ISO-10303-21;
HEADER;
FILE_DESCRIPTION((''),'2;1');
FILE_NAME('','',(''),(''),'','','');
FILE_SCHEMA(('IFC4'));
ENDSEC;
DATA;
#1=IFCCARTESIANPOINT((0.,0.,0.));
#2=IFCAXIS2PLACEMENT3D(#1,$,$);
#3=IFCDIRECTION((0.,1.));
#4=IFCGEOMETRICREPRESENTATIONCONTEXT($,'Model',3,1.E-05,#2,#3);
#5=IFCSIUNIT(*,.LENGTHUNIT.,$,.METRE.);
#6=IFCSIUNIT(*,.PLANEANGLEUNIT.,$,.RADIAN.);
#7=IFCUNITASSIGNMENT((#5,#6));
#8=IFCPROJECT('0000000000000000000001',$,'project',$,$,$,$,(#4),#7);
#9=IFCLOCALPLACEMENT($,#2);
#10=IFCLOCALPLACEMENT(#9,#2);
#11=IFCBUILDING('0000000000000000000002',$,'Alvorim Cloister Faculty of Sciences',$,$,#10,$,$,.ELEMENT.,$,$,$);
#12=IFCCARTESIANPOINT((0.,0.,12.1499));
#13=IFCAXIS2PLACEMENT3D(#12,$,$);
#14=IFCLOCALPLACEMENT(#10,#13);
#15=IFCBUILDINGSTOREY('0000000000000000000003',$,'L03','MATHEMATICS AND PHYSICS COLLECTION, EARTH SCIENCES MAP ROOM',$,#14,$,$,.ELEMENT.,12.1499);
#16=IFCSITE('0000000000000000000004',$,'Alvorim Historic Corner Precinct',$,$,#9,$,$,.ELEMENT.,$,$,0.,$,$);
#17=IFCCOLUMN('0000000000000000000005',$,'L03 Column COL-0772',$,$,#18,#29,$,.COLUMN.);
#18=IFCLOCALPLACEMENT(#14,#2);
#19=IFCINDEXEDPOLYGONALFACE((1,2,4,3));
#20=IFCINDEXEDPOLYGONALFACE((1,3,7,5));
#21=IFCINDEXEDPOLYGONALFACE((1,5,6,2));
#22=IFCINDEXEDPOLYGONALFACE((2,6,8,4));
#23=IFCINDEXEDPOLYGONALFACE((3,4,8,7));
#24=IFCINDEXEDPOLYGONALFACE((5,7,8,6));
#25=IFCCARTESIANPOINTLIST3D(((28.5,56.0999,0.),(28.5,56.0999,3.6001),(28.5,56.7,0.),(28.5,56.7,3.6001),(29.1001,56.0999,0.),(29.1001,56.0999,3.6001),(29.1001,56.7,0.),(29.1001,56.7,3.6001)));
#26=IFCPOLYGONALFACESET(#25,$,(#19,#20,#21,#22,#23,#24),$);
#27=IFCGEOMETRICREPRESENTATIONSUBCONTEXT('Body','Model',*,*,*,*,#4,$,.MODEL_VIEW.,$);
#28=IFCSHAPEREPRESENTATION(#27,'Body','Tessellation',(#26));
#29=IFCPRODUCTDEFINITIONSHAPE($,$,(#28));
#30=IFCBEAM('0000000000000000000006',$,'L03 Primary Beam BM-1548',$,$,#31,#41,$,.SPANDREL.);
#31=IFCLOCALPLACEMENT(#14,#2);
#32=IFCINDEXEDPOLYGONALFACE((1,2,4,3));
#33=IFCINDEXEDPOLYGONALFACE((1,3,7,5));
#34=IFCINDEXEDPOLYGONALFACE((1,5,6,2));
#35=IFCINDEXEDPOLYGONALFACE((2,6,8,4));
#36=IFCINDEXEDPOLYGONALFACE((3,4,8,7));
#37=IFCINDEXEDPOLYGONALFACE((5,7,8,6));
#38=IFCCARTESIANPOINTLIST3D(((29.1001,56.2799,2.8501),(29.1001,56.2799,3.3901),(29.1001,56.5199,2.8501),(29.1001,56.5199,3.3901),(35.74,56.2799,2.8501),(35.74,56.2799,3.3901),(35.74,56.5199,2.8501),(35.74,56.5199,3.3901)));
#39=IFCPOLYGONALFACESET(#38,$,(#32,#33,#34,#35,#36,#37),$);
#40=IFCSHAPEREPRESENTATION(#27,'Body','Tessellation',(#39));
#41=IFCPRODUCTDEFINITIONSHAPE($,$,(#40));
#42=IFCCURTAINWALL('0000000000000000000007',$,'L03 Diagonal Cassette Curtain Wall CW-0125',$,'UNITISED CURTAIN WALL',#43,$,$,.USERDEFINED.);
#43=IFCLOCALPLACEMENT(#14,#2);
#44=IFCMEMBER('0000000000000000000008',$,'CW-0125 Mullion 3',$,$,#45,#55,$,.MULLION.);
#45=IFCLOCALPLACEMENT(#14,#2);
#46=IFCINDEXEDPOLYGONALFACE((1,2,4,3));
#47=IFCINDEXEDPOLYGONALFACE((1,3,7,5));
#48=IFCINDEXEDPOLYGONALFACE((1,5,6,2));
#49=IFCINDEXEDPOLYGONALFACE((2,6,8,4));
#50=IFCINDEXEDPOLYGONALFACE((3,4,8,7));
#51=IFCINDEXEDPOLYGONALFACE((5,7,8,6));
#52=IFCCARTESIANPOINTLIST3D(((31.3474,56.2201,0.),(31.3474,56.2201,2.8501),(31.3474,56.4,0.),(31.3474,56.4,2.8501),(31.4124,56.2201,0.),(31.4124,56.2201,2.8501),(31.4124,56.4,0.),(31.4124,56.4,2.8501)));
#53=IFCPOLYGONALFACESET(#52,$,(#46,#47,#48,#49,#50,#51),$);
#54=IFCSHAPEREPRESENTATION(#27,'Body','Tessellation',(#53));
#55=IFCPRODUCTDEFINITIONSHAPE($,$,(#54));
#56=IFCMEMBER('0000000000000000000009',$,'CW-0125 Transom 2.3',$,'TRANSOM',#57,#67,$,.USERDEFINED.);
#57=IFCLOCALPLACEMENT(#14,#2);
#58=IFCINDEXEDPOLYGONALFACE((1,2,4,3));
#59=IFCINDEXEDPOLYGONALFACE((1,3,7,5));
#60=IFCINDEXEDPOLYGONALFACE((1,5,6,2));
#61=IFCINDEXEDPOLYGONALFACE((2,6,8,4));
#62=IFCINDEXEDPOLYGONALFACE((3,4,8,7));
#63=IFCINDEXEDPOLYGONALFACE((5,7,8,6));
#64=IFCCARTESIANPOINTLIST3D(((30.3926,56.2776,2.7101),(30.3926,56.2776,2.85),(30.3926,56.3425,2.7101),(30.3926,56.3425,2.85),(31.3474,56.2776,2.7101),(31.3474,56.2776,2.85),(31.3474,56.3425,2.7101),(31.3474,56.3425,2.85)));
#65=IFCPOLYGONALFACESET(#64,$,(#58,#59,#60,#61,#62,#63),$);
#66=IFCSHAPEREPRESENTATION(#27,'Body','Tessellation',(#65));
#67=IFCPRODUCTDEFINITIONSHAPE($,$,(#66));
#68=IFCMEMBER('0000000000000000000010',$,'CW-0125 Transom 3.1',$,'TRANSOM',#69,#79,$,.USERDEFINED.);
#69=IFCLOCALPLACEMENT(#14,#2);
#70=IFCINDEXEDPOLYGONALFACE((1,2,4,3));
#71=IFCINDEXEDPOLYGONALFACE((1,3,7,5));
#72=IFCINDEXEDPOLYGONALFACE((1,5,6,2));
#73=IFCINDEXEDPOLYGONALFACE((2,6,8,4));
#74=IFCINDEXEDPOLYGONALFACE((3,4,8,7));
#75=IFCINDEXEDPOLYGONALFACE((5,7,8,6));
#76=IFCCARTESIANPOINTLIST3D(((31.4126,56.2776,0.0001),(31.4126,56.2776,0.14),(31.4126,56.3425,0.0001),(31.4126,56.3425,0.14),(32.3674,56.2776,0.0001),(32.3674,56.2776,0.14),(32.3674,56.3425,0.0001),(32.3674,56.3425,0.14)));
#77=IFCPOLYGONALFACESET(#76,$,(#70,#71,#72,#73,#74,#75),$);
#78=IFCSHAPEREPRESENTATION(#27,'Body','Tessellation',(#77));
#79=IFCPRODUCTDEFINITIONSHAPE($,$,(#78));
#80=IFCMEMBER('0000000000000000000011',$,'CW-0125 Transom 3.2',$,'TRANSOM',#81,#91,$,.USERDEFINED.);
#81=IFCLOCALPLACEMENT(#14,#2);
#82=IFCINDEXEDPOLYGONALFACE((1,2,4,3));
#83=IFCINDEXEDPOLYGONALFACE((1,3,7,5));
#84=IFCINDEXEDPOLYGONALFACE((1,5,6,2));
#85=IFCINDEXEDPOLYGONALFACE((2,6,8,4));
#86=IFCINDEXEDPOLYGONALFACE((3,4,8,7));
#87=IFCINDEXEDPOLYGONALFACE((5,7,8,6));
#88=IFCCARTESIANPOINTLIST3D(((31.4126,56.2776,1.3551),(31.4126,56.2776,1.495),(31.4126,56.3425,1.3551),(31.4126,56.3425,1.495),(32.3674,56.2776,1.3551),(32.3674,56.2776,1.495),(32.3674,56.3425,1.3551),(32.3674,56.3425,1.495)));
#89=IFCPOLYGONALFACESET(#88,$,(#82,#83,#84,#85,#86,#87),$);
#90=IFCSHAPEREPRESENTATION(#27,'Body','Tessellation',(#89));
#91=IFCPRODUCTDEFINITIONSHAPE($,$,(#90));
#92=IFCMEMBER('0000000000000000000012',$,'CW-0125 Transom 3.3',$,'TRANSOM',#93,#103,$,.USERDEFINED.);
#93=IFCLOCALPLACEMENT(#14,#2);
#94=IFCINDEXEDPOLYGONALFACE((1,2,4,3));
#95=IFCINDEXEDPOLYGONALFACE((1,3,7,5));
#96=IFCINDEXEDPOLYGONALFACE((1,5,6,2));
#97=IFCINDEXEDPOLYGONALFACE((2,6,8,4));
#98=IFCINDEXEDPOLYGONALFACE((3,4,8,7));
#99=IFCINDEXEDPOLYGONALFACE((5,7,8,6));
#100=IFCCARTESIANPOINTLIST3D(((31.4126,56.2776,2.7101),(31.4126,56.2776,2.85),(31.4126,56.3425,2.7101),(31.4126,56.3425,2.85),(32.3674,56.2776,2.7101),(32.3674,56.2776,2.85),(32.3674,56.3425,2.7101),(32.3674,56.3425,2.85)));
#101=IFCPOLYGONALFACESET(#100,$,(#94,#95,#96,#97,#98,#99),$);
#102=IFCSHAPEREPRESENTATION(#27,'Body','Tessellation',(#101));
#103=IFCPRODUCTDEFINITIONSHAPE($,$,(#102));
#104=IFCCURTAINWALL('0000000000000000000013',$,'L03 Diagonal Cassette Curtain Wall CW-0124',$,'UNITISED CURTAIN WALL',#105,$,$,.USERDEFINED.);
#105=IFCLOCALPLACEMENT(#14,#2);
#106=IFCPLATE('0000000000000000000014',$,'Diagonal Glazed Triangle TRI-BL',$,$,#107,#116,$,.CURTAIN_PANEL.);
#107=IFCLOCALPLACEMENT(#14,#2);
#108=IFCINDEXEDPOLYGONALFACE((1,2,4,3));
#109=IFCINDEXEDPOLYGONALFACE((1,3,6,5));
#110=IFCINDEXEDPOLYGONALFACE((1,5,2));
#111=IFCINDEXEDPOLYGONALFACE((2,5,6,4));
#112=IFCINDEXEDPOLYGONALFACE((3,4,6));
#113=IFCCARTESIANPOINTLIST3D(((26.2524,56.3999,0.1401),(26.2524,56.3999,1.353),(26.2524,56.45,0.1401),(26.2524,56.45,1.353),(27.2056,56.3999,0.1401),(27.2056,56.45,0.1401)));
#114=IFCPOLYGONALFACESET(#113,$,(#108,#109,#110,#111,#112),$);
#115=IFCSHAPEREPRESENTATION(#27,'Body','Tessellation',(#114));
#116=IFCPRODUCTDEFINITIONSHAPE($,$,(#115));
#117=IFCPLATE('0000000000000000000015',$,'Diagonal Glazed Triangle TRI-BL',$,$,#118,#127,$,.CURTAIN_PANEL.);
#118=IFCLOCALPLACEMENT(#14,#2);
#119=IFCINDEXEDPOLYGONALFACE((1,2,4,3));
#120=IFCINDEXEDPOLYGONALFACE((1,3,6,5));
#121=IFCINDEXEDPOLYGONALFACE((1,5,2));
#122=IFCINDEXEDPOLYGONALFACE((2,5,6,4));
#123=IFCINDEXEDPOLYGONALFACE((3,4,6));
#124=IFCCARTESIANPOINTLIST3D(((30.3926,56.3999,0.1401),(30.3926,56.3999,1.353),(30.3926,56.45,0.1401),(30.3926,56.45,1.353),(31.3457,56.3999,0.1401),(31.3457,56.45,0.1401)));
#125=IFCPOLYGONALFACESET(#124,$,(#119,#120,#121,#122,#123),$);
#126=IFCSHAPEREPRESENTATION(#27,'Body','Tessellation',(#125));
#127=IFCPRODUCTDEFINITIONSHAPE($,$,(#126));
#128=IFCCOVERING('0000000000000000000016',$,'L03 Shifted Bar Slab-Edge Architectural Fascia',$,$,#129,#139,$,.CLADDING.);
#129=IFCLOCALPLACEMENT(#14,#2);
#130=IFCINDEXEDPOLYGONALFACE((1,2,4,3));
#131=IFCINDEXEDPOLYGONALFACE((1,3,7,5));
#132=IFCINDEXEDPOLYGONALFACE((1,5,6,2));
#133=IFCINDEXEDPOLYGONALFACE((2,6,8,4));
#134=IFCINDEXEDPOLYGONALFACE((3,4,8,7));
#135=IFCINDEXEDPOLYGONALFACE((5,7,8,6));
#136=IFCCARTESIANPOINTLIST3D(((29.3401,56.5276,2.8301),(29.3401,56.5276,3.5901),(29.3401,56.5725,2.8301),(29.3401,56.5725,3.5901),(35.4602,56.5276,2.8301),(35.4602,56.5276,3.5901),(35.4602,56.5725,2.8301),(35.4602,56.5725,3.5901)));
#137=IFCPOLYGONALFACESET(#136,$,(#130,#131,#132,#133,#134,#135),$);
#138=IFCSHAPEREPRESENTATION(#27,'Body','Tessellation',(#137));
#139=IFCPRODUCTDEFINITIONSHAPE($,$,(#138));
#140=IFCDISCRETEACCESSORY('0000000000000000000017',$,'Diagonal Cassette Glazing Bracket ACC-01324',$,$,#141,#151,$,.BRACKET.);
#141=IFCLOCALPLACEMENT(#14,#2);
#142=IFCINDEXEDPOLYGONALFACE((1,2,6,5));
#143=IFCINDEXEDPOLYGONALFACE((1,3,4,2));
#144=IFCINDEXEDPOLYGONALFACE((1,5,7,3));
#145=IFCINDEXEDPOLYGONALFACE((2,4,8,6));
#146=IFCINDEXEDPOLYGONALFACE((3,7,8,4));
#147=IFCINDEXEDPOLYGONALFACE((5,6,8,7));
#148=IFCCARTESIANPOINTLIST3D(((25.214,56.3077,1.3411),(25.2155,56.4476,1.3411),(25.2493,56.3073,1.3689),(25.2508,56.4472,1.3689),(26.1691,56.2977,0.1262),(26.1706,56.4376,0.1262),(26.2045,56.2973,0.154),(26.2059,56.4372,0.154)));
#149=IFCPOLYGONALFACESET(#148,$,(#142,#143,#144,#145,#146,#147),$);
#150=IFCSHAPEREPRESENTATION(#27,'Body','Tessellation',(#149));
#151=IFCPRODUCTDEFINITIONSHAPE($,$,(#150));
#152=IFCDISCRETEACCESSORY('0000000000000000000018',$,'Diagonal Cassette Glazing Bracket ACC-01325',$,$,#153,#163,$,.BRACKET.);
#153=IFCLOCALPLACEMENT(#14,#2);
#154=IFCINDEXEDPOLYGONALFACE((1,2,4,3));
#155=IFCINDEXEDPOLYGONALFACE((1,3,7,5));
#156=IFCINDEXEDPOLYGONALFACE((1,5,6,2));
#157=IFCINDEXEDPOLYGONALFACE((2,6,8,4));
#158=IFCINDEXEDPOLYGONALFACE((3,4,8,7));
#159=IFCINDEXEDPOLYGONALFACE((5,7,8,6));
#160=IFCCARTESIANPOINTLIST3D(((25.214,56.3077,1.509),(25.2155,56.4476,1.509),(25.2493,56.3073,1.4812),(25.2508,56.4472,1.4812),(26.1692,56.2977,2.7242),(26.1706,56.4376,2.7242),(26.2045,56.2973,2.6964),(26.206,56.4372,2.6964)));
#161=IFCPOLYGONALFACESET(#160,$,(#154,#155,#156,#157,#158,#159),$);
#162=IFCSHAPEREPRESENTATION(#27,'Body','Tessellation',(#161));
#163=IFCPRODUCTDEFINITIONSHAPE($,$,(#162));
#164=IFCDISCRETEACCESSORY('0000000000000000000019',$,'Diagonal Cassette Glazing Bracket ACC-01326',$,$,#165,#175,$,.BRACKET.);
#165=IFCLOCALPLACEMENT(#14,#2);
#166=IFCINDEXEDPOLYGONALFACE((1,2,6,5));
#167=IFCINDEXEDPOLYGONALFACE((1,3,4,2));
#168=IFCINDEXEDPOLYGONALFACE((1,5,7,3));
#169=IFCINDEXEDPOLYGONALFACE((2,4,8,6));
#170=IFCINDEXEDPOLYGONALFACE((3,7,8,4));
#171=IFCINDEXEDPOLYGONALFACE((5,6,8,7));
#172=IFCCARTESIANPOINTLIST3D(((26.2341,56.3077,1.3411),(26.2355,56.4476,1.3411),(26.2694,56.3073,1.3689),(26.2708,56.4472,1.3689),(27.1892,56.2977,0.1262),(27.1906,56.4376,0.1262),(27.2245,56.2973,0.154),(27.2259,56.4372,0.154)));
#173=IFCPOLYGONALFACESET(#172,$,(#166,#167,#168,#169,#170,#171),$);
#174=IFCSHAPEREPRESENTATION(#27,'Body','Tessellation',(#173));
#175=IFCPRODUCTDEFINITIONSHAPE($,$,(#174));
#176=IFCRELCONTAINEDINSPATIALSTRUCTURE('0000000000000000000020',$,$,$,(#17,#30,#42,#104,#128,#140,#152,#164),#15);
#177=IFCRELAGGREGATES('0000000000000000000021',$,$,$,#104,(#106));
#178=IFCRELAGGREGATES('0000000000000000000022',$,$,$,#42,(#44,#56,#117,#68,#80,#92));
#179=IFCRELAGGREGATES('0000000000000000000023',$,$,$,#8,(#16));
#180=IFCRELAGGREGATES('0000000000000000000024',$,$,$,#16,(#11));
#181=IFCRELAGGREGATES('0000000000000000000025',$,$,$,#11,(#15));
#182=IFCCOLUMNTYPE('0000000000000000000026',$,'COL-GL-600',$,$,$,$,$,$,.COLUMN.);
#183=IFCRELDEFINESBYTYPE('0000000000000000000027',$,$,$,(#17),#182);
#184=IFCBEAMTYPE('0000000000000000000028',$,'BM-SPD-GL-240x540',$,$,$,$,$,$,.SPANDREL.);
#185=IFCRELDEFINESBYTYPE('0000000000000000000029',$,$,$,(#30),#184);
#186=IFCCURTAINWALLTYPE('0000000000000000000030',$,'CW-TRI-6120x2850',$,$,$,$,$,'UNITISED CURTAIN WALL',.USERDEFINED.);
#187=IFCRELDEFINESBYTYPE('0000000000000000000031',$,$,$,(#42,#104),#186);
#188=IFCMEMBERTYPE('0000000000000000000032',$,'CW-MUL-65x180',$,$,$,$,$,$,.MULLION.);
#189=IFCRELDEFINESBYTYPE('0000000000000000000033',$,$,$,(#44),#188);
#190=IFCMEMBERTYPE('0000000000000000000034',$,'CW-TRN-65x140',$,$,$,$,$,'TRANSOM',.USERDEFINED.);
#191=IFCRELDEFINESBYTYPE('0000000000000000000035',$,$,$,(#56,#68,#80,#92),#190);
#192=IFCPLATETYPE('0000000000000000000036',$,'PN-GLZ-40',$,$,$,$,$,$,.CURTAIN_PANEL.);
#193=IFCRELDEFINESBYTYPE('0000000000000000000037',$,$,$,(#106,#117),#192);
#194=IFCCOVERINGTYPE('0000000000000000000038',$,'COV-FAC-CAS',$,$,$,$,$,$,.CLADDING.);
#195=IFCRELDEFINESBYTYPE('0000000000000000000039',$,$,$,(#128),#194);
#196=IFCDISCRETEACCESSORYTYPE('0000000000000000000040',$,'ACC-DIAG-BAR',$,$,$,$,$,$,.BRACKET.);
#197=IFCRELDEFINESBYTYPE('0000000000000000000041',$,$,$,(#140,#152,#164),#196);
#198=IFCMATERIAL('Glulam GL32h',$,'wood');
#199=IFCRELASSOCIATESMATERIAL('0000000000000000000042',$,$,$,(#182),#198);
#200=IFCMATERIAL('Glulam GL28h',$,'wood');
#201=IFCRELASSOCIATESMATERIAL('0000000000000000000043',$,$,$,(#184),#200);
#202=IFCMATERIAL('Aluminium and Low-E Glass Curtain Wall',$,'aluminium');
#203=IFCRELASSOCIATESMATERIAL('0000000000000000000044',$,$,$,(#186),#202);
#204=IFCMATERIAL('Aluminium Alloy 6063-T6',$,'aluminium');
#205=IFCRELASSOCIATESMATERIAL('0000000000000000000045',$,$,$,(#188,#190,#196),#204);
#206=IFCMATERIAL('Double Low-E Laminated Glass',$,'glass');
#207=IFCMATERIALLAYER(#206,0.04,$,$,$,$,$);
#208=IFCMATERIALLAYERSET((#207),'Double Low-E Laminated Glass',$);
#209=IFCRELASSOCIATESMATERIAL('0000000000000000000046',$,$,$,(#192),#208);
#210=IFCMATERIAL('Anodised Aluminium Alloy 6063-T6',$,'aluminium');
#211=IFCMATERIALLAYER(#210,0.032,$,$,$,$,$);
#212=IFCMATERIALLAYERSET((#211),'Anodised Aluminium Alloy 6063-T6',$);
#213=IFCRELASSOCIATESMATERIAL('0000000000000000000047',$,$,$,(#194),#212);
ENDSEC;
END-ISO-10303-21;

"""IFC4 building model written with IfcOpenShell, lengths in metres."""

from ifc_helpers import new_model, si_unit, direction, frame, origin, origin_2d, place, context, subcontext, project, spatial, polyline, rectangle, outline, extrude, material, layer, layer_set, material_profile, profile_set, type_object, element, aggregate, save


model = new_model("IFC4")

# Units and contexts
model_context = context("Model", 3, precision=1e-05, world=origin(), true_north=direction((0.0, 1.0)))
body_context = subcontext(model_context, "Body", "Model", "MODEL_VIEW")
ifc_project = project(units=[si_unit("LENGTHUNIT", "METRE"), si_unit("PLANEANGLEUNIT", "RADIAN")], contexts=[model_context])

# Site, building, storey
site_placement = place(None, origin())
site = spatial("IfcSite", under=ifc_project, at=site_placement, Name="Alvorim Historic Corner Precinct", CompositionType="ELEMENT", RefElevation=0.0)
building_placement = place(site_placement, origin())
building = spatial("IfcBuilding", under=site, at=building_placement, Name="Alvorim Cloister Faculty of Sciences", CompositionType="ELEMENT")
storey_placement = place(building_placement, frame((0.0, 0.0, 12.1499)))
storey = spatial("IfcBuildingStorey", under=building, at=storey_placement, Name="L03", Description="MATHEMATICS AND PHYSICS COLLECTION, EARTH SCIENCES MAP ROOM", CompositionType="ELEMENT", Elevation=12.1499)

# Column
ifc_material_1 = material(Name="Glulam GL32h", Category="wood")
ifc_material_profile_1 = material_profile(ifc_material_1, rectangle(XDim=0.6001, YDim=0.6001, at=origin_2d()), Name="GL32-COL-600x600")
ifc_profile_set_1 = profile_set([ifc_material_profile_1], Name="Glulam GL32h")
column_type = type_object("IfcColumnType", Name="COL-GL-600", PredefinedType="COLUMN", material=ifc_profile_set_1)
column_placement = place(storey_placement, frame((28.8, 56.3999, 0.0), z_axis=(0.0, 0.0, 1.0), x_axis=(1.0, 0.0, 0.0)))
element("IfcColumn", 1, at=column_placement, inside=storey, type_object=column_type, Name="L03 Column COL-0772", PredefinedType="COLUMN", context=body_context, shape_type="SweptSolid", body=[
    extrude(rectangle(XDim=0.6001, YDim=0.6001, at=origin_2d()), origin(), (0.0, 0.0, 1.0), 3.6001),
])

# Beam
ifc_material_2 = material(Name="Glulam GL28h", Category="wood")
ifc_material_profile_2 = material_profile(ifc_material_2, rectangle(XDim=0.24, YDim=0.54, at=origin_2d()), Name="GL28-SPD-240x540")
ifc_profile_set_2 = profile_set([ifc_material_profile_2], Name="Glulam GL28h")
beam_type = type_object("IfcBeamType", Name="BM-SPD-GL-240x540", PredefinedType="SPANDREL", material=ifc_profile_set_2)
beam_placement = place(storey_placement, frame((29.1001, 56.3999, 3.1201), z_axis=(1.0, 0.0, 0.0), x_axis=(0.0, 1.0, 0.0)))
element("IfcBeam", 2, at=beam_placement, inside=storey, type_object=beam_type, Name="L03 Primary Beam BM-1548", PredefinedType="SPANDREL", context=body_context, shape_type="SweptSolid", body=[
    extrude(rectangle(XDim=0.24, YDim=0.54, at=origin_2d()), origin(), (0.0, 0.0, 1.0), 6.6399),
])

# Curtain wall, members
ifc_material_3 = material(Name="Aluminium and Low-E Glass Curtain Wall", Category="aluminium")
curtain_wall_type = type_object("IfcCurtainWallType", Name="CW-TRI-6120x2850", ElementType="UNITISED CURTAIN WALL", PredefinedType="USERDEFINED", material=ifc_material_3)
curtain_wall_1_placement = place(storey_placement, origin())
curtain_wall_1 = element("IfcCurtainWall", 3, at=curtain_wall_1_placement, inside=storey, type_object=curtain_wall_type, Name="L03 Diagonal Cassette Curtain Wall CW-0125", ObjectType="UNITISED CURTAIN WALL", PredefinedType="USERDEFINED")
ifc_material_4 = material(Name="Aluminium Alloy 6063-T6", Category="aluminium")
ifc_material_profile_3 = material_profile(ifc_material_4, rectangle(XDim=0.0649, YDim=0.1799, at=origin_2d()), Name="ALU-MUL-65x180")
ifc_profile_set_3 = profile_set([ifc_material_profile_3], Name="Aluminium Alloy 6063-T6")
member_type_1 = type_object("IfcMemberType", Name="CW-MUL-65x180", PredefinedType="MULLION", material=ifc_profile_set_3)
member_1_placement = place(storey_placement, frame((31.3799, 56.3101, 0.0), z_axis=(0.0, 0.0, 1.0), x_axis=(1.0, 0.0, 0.0)))
member_1 = element("IfcMember", 4, at=member_1_placement, type_object=member_type_1, Name="CW-0125 Mullion 3", PredefinedType="MULLION", context=body_context, shape_type="SweptSolid", body=[
    extrude(rectangle(XDim=0.0649, YDim=0.1799, at=origin_2d()), origin(), (0.0, 0.0, 1.0), 2.8501),
])
ifc_material_profile_4 = material_profile(ifc_material_4, rectangle(XDim=0.0649, YDim=0.1399, at=origin_2d()), Name="ALU-TRN-65x140")
ifc_profile_set_4 = profile_set([ifc_material_profile_4], Name="Aluminium Alloy 6063-T6")
member_type_2 = type_object("IfcMemberType", Name="CW-TRN-65x140", ElementType="TRANSOM", PredefinedType="USERDEFINED", material=ifc_profile_set_4)
member_2_placement = place(storey_placement, frame((30.3926, 56.3101, 2.78), z_axis=(1.0, 0.0, 0.0), x_axis=(0.0, 1.0, 0.0)))
member_2 = element("IfcMember", 5, at=member_2_placement, type_object=member_type_2, Name="CW-0125 Transom 2.3", ObjectType="TRANSOM", PredefinedType="USERDEFINED", context=body_context, shape_type="SweptSolid", body=[
    extrude(rectangle(XDim=0.0649, YDim=0.1399, at=origin_2d()), origin(), (0.0, 0.0, 1.0), 0.9548),
])
member_3_placement = place(storey_placement, frame((31.4126, 56.3101, 0.0701), z_axis=(1.0, 0.0, 0.0), x_axis=(0.0, 1.0, 0.0)))
member_3 = element("IfcMember", 6, at=member_3_placement, type_object=member_type_2, Name="CW-0125 Transom 3.1", ObjectType="TRANSOM", PredefinedType="USERDEFINED", context=body_context, shape_type="SweptSolid", body=[
    extrude(rectangle(XDim=0.0649, YDim=0.1399, at=origin_2d()), origin(), (0.0, 0.0, 1.0), 0.9548),
])
member_4_placement = place(storey_placement, frame((31.4126, 56.3101, 1.425), z_axis=(1.0, 0.0, 0.0), x_axis=(0.0, 1.0, 0.0)))
member_4 = element("IfcMember", 7, at=member_4_placement, type_object=member_type_2, Name="CW-0125 Transom 3.2", ObjectType="TRANSOM", PredefinedType="USERDEFINED", context=body_context, shape_type="SweptSolid", body=[
    extrude(rectangle(XDim=0.0649, YDim=0.1399, at=origin_2d()), origin(), (0.0, 0.0, 1.0), 0.9548),
])
member_5_placement = place(storey_placement, frame((31.4126, 56.3101, 2.78), z_axis=(1.0, 0.0, 0.0), x_axis=(0.0, 1.0, 0.0)))
member_5 = element("IfcMember", 8, at=member_5_placement, type_object=member_type_2, Name="CW-0125 Transom 3.3", ObjectType="TRANSOM", PredefinedType="USERDEFINED", context=body_context, shape_type="SweptSolid", body=[
    extrude(rectangle(XDim=0.0649, YDim=0.1399, at=origin_2d()), origin(), (0.0, 0.0, 1.0), 0.9548),
])

# Curtain wall, plate
curtain_wall_2_placement = place(storey_placement, origin())
curtain_wall_2 = element("IfcCurtainWall", 9, at=curtain_wall_2_placement, inside=storey, type_object=curtain_wall_type, Name="L03 Diagonal Cassette Curtain Wall CW-0124", ObjectType="UNITISED CURTAIN WALL", PredefinedType="USERDEFINED")
ifc_material_5 = material(Name="Double Low-E Laminated Glass", Category="glass")
ifc_layer_1 = layer(ifc_material_5, 0.04)
ifc_layer_set_1 = layer_set([ifc_layer_1], Name="Double Low-E Laminated Glass")
plate_type = type_object("IfcPlateType", Name="PN-GLZ-40", PredefinedType="CURTAIN_PANEL", material=ifc_layer_set_1)
plate_1_placement = place(storey_placement, frame((26.2524, 56.425, 0.1401), z_axis=(0.0, 0.0, 1.0), x_axis=(1.0, 0.0, 0.0)))
plate_1 = element("IfcPlate", 10, at=plate_1_placement, type_object=plate_type, Name="Diagonal Glazed Triangle TRI-BL", PredefinedType="CURTAIN_PANEL", context=body_context, shape_type="SweptSolid", body=[
    extrude(outline(polyline([(0.0, 0.0), (0.9531, 0.0), (0.0, 1.2129), (0.0, 0.0)])), frame((0.0, 0.0249, 0.0), z_axis=(0.0, -1.0, 0.0), x_axis=(1.0, 0.0, 0.0)), (0.0, 0.0, 1.0), 0.05),
])
aggregate(curtain_wall_2, [plate_1])

# Plate
plate_2_placement = place(storey_placement, frame((30.3926, 56.425, 0.1401), z_axis=(0.0, 0.0, 1.0), x_axis=(1.0, 0.0, 0.0)))
plate_2 = element("IfcPlate", 11, at=plate_2_placement, type_object=plate_type, Name="Diagonal Glazed Triangle TRI-BL", PredefinedType="CURTAIN_PANEL", context=body_context, shape_type="SweptSolid", body=[
    extrude(outline(polyline([(0.0, 0.0), (0.9531, 0.0), (0.0, 1.2129), (0.0, 0.0)])), frame((0.0, 0.0249, 0.0), z_axis=(0.0, -1.0, 0.0), x_axis=(1.0, 0.0, 0.0)), (0.0, 0.0, 1.0), 0.05),
])
aggregate(curtain_wall_1, [member_1, member_2, plate_2, member_3, member_4, member_5])

# Covering
ifc_material_6 = material(Name="Anodised Aluminium Alloy 6063-T6", Category="aluminium")
ifc_layer_2 = layer(ifc_material_6, 0.032)
ifc_layer_set_2 = layer_set([ifc_layer_2], Name="Anodised Aluminium Alloy 6063-T6")
covering_type = type_object("IfcCoveringType", Name="COV-FAC-CAS", PredefinedType="CLADDING", material=ifc_layer_set_2)
covering_placement = place(storey_placement, frame((29.3401, 56.55, 2.8301), z_axis=(0.0, 0.0, 1.0), x_axis=(1.0, 0.0, 0.0)))
element("IfcCovering", 12, at=covering_placement, inside=storey, type_object=covering_type, Name="L03 Shifted Bar Slab-Edge Architectural Fascia", PredefinedType="CLADDING", context=body_context, shape_type="SweptSolid", body=[
    extrude(outline(polyline([(0.0, 0.0), (6.1201, 0.0), (6.1201, 0.76), (0.0, 0.76), (0.0, 0.0)])), frame((0.0, 0.0225, 0.0), z_axis=(0.0, -1.0, 0.0), x_axis=(1.0, 0.0, 0.0)), (0.0, 0.0, 1.0), 0.0449),
])

# Discrete accessories
discrete_accessory_type = type_object("IfcDiscreteAccessoryType", Name="ACC-DIAG-BAR", PredefinedType="BRACKET", material=ifc_material_4)
discrete_accessory_1_placement = place(storey_placement, frame((25.2324, 56.3774, 1.355), z_axis=(0.618032, -0.006477, -0.786126), x_axis=(0.01048, 0.999945, 0.0)))
element("IfcDiscreteAccessory", 13, at=discrete_accessory_1_placement, inside=storey, type_object=discrete_accessory_type, Name="Diagonal Cassette Glazing Bracket ACC-01324", PredefinedType="BRACKET", context=body_context, shape_type="SweptSolid", body=[
    extrude(rectangle(XDim=0.1399, YDim=0.0449, at=origin_2d()), origin(), (0.0, 0.0, 1.0), 1.5454),
])
discrete_accessory_2_placement = place(storey_placement, frame((25.2324, 56.3774, 1.4951), z_axis=(0.617955, -0.006477, 0.786187), x_axis=(0.01048, 0.999945, 0.0)))
element("IfcDiscreteAccessory", 14, at=discrete_accessory_2_placement, inside=storey, type_object=discrete_accessory_type, Name="Diagonal Cassette Glazing Bracket ACC-01325", PredefinedType="BRACKET", context=body_context, shape_type="SweptSolid", body=[
    extrude(rectangle(XDim=0.1399, YDim=0.0449, at=origin_2d()), origin(), (0.0, 0.0, 1.0), 1.5457),
])
discrete_accessory_3_placement = place(storey_placement, frame((26.2524, 56.3774, 1.355), z_axis=(0.618032, -0.006477, -0.786126), x_axis=(0.01048, 0.999945, 0.0)))
element("IfcDiscreteAccessory", 15, at=discrete_accessory_3_placement, inside=storey, type_object=discrete_accessory_type, Name="Diagonal Cassette Glazing Bracket ACC-01326", PredefinedType="BRACKET", context=body_context, shape_type="SweptSolid", body=[
    extrude(rectangle(XDim=0.1399, YDim=0.0449, at=origin_2d()), origin(), (0.0, 0.0, 1.0), 1.5454),
])

save(model, "model.ifc")
